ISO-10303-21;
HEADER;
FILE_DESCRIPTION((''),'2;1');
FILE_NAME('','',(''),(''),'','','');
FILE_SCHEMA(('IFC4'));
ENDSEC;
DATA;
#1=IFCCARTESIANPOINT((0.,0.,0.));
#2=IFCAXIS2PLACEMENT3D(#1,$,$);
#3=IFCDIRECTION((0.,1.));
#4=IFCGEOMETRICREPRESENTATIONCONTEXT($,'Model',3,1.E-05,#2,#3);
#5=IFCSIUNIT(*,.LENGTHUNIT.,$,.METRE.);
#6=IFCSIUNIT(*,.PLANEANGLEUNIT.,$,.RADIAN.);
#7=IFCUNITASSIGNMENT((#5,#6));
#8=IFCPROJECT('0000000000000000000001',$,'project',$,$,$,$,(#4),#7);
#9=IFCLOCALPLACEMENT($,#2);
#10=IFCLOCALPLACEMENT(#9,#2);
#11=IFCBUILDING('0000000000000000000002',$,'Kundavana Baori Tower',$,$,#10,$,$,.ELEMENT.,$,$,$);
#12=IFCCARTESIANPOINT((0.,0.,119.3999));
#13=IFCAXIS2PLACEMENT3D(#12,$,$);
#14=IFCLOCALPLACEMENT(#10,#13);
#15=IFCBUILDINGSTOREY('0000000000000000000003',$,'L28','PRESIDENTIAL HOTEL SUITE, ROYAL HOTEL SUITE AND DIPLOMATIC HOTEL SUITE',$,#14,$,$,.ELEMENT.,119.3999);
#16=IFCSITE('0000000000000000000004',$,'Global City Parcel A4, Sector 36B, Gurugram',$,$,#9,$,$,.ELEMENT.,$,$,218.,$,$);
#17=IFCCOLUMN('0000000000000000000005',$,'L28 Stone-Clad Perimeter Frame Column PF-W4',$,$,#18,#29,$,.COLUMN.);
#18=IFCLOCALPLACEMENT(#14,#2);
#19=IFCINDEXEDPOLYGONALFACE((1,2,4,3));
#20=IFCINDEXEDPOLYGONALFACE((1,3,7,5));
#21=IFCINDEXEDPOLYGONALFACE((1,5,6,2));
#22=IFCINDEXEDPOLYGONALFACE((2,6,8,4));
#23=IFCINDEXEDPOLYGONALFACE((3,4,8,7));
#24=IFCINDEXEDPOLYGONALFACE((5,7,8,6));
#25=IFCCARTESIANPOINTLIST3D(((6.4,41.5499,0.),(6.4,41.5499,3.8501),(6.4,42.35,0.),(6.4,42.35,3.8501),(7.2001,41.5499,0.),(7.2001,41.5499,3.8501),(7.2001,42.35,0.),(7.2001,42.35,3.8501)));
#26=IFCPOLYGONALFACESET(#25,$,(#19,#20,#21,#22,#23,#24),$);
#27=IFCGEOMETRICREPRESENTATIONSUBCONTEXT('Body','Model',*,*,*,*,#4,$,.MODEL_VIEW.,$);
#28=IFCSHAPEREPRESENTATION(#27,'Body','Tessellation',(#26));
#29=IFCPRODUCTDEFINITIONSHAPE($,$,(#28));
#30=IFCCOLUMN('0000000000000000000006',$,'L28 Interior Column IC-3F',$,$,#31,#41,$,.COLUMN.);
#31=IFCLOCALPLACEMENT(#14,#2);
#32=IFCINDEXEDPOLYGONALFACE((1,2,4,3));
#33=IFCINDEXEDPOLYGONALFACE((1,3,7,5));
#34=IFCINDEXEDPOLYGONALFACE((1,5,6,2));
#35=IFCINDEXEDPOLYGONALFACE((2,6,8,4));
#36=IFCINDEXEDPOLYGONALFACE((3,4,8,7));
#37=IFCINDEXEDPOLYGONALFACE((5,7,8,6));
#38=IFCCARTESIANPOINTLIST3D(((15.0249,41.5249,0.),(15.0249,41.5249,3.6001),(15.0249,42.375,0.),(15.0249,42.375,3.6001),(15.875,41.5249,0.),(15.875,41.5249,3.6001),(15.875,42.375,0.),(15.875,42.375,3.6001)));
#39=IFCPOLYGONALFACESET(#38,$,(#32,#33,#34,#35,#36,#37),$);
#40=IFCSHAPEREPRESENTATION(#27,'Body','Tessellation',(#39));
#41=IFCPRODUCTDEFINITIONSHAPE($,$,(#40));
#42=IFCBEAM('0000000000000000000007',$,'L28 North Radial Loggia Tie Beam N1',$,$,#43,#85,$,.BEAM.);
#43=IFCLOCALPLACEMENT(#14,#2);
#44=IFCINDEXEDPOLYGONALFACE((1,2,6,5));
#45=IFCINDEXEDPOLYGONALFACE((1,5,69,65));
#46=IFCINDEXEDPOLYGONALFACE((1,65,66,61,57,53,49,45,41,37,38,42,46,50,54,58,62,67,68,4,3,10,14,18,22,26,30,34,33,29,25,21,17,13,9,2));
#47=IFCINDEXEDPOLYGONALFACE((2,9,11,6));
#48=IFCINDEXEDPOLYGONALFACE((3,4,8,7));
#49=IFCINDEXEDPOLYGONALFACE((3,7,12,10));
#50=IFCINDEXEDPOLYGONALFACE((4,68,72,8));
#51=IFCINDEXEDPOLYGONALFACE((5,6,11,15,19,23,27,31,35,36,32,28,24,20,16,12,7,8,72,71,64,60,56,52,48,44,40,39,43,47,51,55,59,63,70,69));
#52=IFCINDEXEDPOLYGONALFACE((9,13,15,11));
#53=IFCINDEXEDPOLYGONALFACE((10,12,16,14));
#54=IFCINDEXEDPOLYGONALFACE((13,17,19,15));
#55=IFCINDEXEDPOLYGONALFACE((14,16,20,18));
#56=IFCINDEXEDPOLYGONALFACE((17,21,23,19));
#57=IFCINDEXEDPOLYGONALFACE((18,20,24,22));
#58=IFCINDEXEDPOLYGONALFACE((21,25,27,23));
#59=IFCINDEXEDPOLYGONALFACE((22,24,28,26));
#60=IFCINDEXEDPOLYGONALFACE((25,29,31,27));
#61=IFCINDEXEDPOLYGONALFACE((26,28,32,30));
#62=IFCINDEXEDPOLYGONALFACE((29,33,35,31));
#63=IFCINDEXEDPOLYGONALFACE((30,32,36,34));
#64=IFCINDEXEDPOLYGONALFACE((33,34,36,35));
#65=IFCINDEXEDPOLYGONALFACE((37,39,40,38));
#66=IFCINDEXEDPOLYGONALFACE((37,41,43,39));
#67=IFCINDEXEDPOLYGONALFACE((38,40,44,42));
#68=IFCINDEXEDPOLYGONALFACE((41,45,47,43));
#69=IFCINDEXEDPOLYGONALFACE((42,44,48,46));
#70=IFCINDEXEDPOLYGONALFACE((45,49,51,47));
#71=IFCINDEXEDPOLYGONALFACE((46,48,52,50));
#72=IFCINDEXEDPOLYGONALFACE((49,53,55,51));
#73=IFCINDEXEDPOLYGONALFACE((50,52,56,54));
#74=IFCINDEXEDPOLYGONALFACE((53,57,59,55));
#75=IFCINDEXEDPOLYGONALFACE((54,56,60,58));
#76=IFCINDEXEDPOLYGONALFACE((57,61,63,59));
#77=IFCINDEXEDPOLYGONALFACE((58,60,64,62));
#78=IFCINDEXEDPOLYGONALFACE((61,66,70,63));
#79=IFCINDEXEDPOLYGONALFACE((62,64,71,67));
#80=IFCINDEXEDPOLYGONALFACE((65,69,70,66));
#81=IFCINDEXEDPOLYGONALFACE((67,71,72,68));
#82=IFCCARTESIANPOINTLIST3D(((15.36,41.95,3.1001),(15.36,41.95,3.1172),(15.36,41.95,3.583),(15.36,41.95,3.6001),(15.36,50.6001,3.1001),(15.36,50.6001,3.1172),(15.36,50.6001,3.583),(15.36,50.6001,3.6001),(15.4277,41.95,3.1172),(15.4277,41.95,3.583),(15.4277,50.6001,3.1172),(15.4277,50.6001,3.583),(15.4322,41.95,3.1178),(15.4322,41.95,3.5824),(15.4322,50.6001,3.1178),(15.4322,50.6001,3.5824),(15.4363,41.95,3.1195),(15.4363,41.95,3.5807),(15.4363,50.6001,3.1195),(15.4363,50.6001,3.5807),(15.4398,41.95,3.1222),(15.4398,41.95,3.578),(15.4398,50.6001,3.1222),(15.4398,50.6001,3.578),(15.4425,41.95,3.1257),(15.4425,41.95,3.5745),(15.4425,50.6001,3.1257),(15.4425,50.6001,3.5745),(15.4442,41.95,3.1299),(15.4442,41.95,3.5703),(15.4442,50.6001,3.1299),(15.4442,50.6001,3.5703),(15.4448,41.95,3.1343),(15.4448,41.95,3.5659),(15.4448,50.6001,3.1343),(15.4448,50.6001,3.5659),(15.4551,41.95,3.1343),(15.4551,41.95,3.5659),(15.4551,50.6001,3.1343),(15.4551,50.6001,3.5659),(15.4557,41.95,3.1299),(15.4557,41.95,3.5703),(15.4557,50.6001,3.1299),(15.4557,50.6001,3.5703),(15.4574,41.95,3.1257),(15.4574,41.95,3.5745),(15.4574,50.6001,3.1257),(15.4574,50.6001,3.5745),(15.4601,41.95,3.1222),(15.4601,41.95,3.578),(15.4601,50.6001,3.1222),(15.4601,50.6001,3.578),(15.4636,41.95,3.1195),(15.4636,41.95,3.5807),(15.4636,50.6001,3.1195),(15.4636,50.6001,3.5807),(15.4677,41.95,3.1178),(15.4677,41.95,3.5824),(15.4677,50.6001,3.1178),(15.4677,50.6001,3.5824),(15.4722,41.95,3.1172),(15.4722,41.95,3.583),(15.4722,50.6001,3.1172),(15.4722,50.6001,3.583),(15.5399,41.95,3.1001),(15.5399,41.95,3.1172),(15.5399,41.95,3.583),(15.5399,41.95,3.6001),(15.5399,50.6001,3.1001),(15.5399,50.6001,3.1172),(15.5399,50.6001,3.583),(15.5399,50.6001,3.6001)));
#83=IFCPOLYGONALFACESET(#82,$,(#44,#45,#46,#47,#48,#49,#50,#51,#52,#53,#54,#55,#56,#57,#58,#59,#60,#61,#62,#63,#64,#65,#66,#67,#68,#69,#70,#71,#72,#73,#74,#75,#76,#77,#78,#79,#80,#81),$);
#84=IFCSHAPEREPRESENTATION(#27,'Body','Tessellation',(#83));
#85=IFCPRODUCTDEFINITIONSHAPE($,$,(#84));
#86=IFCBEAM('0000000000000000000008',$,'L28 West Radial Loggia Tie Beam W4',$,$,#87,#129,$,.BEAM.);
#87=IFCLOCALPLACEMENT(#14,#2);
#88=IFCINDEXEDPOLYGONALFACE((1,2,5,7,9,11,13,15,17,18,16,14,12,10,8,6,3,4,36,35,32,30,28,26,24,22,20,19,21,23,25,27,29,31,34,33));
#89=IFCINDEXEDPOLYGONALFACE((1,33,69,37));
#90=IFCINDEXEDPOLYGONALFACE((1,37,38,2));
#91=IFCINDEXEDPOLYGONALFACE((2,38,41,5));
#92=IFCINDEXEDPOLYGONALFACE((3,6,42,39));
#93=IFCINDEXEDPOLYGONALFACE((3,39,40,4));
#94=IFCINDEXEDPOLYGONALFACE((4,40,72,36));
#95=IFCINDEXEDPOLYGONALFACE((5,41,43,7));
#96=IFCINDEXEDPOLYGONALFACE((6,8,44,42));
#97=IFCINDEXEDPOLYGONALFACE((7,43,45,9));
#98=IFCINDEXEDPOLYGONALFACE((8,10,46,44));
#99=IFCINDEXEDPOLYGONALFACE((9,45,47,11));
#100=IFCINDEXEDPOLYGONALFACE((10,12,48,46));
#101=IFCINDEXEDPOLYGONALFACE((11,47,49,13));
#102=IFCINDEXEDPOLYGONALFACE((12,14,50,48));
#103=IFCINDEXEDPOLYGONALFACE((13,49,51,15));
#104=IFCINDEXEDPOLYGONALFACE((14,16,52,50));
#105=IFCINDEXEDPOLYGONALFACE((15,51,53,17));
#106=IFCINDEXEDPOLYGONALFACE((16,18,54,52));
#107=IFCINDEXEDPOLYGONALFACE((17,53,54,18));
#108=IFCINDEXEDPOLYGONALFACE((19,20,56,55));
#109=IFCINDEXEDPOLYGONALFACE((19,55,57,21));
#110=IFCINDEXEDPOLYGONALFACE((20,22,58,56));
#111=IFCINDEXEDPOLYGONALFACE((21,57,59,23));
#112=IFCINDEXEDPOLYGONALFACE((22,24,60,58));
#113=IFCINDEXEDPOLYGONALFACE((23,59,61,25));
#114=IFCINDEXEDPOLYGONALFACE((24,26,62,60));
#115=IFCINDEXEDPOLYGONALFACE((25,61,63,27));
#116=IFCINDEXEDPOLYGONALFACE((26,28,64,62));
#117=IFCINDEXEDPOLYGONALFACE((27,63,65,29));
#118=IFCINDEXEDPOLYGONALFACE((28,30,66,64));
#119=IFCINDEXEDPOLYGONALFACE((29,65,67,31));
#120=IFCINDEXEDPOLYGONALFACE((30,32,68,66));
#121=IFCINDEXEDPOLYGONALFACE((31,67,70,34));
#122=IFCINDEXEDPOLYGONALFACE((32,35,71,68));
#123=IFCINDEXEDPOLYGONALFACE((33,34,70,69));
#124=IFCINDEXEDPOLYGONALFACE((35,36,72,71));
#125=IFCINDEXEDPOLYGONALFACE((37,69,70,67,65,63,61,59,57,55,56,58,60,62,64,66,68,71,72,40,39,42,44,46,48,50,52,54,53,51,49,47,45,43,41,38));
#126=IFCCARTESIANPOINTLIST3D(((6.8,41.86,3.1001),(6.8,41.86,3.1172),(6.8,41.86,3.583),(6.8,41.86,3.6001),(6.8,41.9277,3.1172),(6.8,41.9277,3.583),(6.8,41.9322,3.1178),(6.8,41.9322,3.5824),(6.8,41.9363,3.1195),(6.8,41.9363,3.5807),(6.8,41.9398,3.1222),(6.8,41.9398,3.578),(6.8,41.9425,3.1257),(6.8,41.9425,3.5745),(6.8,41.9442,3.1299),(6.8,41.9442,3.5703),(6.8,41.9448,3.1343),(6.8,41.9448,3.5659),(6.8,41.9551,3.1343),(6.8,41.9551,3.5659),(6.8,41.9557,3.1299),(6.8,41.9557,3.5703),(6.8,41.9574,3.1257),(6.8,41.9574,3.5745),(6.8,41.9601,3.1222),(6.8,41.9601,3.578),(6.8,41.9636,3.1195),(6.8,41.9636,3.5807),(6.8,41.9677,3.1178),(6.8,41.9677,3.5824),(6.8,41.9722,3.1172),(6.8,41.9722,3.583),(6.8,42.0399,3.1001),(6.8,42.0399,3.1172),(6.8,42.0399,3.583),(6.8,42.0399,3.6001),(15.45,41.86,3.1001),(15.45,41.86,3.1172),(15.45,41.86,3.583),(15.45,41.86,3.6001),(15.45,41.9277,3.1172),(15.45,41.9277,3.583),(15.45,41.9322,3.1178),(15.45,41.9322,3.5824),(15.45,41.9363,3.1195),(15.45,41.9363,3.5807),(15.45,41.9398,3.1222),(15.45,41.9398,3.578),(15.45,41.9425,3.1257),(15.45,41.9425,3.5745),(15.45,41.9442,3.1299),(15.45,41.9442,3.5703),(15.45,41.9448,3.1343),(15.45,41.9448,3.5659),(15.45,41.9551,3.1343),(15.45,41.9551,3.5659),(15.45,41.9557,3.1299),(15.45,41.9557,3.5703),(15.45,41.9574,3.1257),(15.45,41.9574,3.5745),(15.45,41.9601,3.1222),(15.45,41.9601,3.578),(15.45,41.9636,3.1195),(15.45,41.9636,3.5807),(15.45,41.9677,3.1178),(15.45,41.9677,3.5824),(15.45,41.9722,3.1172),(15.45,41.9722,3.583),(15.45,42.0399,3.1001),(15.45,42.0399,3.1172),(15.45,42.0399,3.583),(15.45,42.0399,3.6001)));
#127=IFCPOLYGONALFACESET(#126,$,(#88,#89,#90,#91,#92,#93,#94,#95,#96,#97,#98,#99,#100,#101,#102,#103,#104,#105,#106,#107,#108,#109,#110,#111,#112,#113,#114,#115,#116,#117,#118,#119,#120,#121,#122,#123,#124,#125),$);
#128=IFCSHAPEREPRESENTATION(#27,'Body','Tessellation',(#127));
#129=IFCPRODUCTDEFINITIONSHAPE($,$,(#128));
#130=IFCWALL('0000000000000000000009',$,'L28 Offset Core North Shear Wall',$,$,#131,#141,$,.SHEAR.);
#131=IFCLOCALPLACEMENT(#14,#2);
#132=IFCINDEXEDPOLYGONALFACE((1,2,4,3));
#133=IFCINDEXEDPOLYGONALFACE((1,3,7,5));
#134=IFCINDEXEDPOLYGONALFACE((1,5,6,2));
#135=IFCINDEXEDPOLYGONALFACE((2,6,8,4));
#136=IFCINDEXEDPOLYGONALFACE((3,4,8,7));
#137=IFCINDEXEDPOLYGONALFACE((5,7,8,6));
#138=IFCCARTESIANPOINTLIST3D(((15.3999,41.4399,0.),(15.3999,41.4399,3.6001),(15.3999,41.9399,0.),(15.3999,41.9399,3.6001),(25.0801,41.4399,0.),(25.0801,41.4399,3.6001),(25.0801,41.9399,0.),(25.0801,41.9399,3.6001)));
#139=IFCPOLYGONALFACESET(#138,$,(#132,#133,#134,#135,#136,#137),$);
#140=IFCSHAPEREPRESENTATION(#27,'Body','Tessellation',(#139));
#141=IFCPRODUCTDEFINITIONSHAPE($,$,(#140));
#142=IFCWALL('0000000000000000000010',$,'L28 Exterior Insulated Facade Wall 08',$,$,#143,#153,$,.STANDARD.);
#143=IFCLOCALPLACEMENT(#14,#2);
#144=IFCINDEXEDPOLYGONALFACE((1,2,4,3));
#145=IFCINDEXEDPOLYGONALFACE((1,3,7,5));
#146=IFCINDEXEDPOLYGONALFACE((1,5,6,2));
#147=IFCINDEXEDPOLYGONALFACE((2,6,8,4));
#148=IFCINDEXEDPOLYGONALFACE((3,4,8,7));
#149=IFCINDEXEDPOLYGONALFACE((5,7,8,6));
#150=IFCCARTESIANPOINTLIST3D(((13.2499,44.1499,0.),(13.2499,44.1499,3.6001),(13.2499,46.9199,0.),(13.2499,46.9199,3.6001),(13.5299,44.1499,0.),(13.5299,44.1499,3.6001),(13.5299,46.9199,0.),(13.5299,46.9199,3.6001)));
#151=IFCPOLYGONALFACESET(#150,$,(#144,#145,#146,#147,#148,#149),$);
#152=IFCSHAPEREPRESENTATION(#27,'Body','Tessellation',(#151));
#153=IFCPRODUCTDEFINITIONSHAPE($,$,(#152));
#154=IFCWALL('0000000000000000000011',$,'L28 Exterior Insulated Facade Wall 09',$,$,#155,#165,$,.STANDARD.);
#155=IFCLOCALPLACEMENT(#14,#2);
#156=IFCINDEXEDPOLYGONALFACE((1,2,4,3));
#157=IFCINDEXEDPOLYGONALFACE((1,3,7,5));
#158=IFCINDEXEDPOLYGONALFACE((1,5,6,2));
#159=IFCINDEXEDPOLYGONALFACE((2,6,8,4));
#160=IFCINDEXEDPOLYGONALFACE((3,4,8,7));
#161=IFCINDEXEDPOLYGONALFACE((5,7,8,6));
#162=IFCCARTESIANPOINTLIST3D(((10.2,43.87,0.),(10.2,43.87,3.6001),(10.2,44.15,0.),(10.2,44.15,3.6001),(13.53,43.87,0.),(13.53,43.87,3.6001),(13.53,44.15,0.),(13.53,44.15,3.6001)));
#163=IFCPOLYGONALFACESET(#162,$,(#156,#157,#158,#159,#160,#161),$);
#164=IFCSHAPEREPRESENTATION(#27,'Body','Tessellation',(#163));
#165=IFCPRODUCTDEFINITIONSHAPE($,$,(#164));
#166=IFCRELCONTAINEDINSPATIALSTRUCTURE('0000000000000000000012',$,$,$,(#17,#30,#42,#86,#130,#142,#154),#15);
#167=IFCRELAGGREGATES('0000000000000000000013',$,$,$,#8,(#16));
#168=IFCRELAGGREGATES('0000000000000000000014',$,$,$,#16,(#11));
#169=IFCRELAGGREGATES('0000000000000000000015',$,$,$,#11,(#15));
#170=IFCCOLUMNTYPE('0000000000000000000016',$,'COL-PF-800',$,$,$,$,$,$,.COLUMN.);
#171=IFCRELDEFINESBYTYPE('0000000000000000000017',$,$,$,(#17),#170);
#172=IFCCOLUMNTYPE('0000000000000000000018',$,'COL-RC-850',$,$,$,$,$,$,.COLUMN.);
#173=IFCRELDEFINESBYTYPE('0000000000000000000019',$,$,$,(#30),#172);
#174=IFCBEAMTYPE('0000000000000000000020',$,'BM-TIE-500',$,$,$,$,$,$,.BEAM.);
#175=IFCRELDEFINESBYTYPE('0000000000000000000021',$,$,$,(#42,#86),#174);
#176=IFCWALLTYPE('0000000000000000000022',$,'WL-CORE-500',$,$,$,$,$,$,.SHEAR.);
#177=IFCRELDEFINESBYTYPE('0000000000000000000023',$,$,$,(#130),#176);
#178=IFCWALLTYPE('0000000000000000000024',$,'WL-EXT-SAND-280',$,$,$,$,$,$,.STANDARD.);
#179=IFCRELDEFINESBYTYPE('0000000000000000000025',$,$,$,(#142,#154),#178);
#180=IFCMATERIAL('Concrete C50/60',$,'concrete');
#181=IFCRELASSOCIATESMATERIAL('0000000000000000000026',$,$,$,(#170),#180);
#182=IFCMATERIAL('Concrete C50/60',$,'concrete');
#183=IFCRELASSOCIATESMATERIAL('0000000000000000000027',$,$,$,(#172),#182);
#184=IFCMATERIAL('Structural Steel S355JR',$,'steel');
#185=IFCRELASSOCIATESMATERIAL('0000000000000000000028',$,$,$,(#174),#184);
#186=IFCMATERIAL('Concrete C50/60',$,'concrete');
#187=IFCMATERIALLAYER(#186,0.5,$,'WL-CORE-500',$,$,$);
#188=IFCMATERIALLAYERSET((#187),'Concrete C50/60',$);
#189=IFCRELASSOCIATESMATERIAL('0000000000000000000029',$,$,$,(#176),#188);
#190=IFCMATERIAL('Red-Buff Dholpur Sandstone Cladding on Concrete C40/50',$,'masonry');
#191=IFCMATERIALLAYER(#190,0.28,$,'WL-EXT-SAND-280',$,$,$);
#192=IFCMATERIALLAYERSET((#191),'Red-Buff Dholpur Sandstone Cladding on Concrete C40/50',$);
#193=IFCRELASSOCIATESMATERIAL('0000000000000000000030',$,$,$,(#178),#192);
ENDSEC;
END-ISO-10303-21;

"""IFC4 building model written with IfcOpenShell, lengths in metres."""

from ifc_helpers import new_model, si_unit, direction, frame, frame_2d, origin, origin_2d, place, context, subcontext, project, spatial, rectangle, i_section, extrude, material, layer, layer_set, material_profile, profile_set, type_object, element, save


model = new_model("IFC4")

# Units and contexts
model_context = context("Model", 3, precision=1e-05, world=origin(), true_north=direction((0.0, 1.0)))
body_context = subcontext(model_context, "Body", "Model", "MODEL_VIEW")
ifc_project = project(units=[si_unit("LENGTHUNIT", "METRE"), si_unit("PLANEANGLEUNIT", "RADIAN")], contexts=[model_context])

# Site, building, storey
site_placement = place(None, origin())
site = spatial("IfcSite", under=ifc_project, at=site_placement, Name="Global City Parcel A4, Sector 36B, Gurugram", CompositionType="ELEMENT", RefElevation=218.0)
building_placement = place(site_placement, origin())
building = spatial("IfcBuilding", under=site, at=building_placement, Name="Kundavana Baori Tower", CompositionType="ELEMENT")
storey_placement = place(building_placement, frame((0.0, 0.0, 119.3999)))
storey = spatial("IfcBuildingStorey", under=building, at=storey_placement, Name="L28", Description="PRESIDENTIAL HOTEL SUITE, ROYAL HOTEL SUITE AND DIPLOMATIC HOTEL SUITE", CompositionType="ELEMENT", Elevation=119.3999)

# Columns
ifc_material_1 = material(Name="Concrete C50/60", Category="concrete")
ifc_material_profile_1 = material_profile(ifc_material_1, rectangle(XDim=0.8, YDim=0.8, at=origin_2d()), Name="RC PF 800x800")
ifc_profile_set_1 = profile_set([ifc_material_profile_1], Name="Concrete C50/60")
column_type_1 = type_object("IfcColumnType", Name="COL-PF-800", PredefinedType="COLUMN", material=ifc_profile_set_1)
column_1_placement = place(storey_placement, frame((6.8, 41.95, 0.0), z_axis=(0.0, 0.0, 1.0), x_axis=(1.0, 0.0, 0.0)))
element("IfcColumn", 1, at=column_1_placement, inside=storey, type_object=column_type_1, Name="L28 Stone-Clad Perimeter Frame Column PF-W4", PredefinedType="COLUMN", context=body_context, shape_type="SweptSolid", body=[
    extrude(rectangle(XDim=0.8, YDim=0.8, at=origin_2d()), origin(), (0.0, 0.0, 1.0), 3.8501),
])
ifc_material_2 = material(Name="Concrete C50/60", Category="concrete")
ifc_material_profile_2 = material_profile(ifc_material_2, rectangle(XDim=0.8501, YDim=0.8501, at=origin_2d()), Name="RC 850x850")
ifc_profile_set_2 = profile_set([ifc_material_profile_2], Name="Concrete C50/60")
column_type_2 = type_object("IfcColumnType", Name="COL-RC-850", PredefinedType="COLUMN", material=ifc_profile_set_2)
column_2_placement = place(storey_placement, frame((15.45, 41.95, 0.0), z_axis=(0.0, 0.0, 1.0), x_axis=(1.0, 0.0, 0.0)))
element("IfcColumn", 2, at=column_2_placement, inside=storey, type_object=column_type_2, Name="L28 Interior Column IC-3F", PredefinedType="COLUMN", context=body_context, shape_type="SweptSolid", body=[
    extrude(rectangle(XDim=0.8501, YDim=0.8501, at=origin_2d()), origin(), (0.0, 0.0, 1.0), 3.6001),
])

# Beams
ifc_material_3 = material(Name="Structural Steel S355JR", Category="steel")
ifc_material_profile_3 = material_profile(ifc_material_3, i_section(OverallWidth=0.1799, OverallDepth=0.5, WebThickness=0.0103, FlangeThickness=0.0171, FilletRadius=0.0171, at=origin_2d()), Name="ISMB 500")
ifc_profile_set_3 = profile_set([ifc_material_profile_3], Name="Structural Steel S355JR")
beam_type = type_object("IfcBeamType", Name="BM-TIE-500", PredefinedType="BEAM", material=ifc_profile_set_3)
beam_1_placement = place(storey_placement, frame((15.45, 41.95, 3.3501), z_axis=(0.0, 1.0, 0.0), x_axis=(-1.0, 0.0, 0.0)))
element("IfcBeam", 3, at=beam_1_placement, inside=storey, type_object=beam_type, Name="L28 North Radial Loggia Tie Beam N1", PredefinedType="BEAM", context=body_context, shape_type="SweptSolid", body=[
    extrude(i_section(OverallWidth=0.1799, OverallDepth=0.5, WebThickness=0.0103, FlangeThickness=0.0171, FilletRadius=0.0171, at=origin_2d()), origin(), (0.0, 0.0, 1.0), 8.6501),
])
beam_2_placement = place(storey_placement, frame((15.45, 41.95, 3.3501), z_axis=(-1.0, 0.0, 0.0), x_axis=(0.0, -1.0, 0.0)))
element("IfcBeam", 4, at=beam_2_placement, inside=storey, type_object=beam_type, Name="L28 West Radial Loggia Tie Beam W4", PredefinedType="BEAM", context=body_context, shape_type="SweptSolid", body=[
    extrude(i_section(OverallWidth=0.1799, OverallDepth=0.5, WebThickness=0.0103, FlangeThickness=0.0171, FilletRadius=0.0171, at=origin_2d()), origin(), (0.0, 0.0, 1.0), 8.6499),
])

# Walls
ifc_material_4 = material(Name="Concrete C50/60", Category="concrete")
ifc_layer_1 = layer(ifc_material_4, 0.5, Name="WL-CORE-500")
ifc_layer_set_1 = layer_set([ifc_layer_1], Name="Concrete C50/60")
wall_type_1 = type_object("IfcWallType", Name="WL-CORE-500", PredefinedType="SHEAR", material=ifc_layer_set_1)
wall_1_placement = place(storey_placement, frame((15.3999, 41.6899, 0.0), z_axis=(0.0, 0.0, 1.0), x_axis=(1.0, 0.0, 0.0)))
element("IfcWall", 5, at=wall_1_placement, inside=storey, type_object=wall_type_1, Name="L28 Offset Core North Shear Wall", PredefinedType="SHEAR", context=body_context, shape_type="SweptSolid", body=[
    extrude(rectangle(XDim=9.6802, YDim=0.5, at=frame_2d((4.8401, 0.0))), origin(), (0.0, 0.0, 1.0), 3.6001),
])
ifc_material_5 = material(Name="Red-Buff Dholpur Sandstone Cladding on Concrete C40/50", Category="masonry")
ifc_layer_2 = layer(ifc_material_5, 0.28, Name="WL-EXT-SAND-280")
ifc_layer_set_2 = layer_set([ifc_layer_2], Name="Red-Buff Dholpur Sandstone Cladding on Concrete C40/50")
wall_type_2 = type_object("IfcWallType", Name="WL-EXT-SAND-280", PredefinedType="STANDARD", material=ifc_layer_set_2)
wall_2_placement = place(storey_placement, frame((13.3899, 46.9199, 0.0), z_axis=(0.0, 0.0, 1.0), x_axis=(0.0, -1.0, 0.0)))
element("IfcWall", 6, at=wall_2_placement, inside=storey, type_object=wall_type_2, Name="L28 Exterior Insulated Facade Wall 08", PredefinedType="STANDARD", context=body_context, shape_type="SweptSolid", body=[
    extrude(rectangle(XDim=2.77, YDim=0.28, at=frame_2d((1.385, 0.0))), origin(), (0.0, 0.0, 1.0), 3.6001),
])
wall_3_placement = place(storey_placement, frame((13.53, 44.01, 0.0), z_axis=(0.0, 0.0, 1.0), x_axis=(-1.0, 0.0, 0.0)))
element("IfcWall", 7, at=wall_3_placement, inside=storey, type_object=wall_type_2, Name="L28 Exterior Insulated Facade Wall 09", PredefinedType="STANDARD", context=body_context, shape_type="SweptSolid", body=[
    extrude(rectangle(XDim=3.3301, YDim=0.28, at=frame_2d((1.665, 0.0))), origin(), (0.0, 0.0, 1.0), 3.6001),
])

save(model, "model.ifc")
